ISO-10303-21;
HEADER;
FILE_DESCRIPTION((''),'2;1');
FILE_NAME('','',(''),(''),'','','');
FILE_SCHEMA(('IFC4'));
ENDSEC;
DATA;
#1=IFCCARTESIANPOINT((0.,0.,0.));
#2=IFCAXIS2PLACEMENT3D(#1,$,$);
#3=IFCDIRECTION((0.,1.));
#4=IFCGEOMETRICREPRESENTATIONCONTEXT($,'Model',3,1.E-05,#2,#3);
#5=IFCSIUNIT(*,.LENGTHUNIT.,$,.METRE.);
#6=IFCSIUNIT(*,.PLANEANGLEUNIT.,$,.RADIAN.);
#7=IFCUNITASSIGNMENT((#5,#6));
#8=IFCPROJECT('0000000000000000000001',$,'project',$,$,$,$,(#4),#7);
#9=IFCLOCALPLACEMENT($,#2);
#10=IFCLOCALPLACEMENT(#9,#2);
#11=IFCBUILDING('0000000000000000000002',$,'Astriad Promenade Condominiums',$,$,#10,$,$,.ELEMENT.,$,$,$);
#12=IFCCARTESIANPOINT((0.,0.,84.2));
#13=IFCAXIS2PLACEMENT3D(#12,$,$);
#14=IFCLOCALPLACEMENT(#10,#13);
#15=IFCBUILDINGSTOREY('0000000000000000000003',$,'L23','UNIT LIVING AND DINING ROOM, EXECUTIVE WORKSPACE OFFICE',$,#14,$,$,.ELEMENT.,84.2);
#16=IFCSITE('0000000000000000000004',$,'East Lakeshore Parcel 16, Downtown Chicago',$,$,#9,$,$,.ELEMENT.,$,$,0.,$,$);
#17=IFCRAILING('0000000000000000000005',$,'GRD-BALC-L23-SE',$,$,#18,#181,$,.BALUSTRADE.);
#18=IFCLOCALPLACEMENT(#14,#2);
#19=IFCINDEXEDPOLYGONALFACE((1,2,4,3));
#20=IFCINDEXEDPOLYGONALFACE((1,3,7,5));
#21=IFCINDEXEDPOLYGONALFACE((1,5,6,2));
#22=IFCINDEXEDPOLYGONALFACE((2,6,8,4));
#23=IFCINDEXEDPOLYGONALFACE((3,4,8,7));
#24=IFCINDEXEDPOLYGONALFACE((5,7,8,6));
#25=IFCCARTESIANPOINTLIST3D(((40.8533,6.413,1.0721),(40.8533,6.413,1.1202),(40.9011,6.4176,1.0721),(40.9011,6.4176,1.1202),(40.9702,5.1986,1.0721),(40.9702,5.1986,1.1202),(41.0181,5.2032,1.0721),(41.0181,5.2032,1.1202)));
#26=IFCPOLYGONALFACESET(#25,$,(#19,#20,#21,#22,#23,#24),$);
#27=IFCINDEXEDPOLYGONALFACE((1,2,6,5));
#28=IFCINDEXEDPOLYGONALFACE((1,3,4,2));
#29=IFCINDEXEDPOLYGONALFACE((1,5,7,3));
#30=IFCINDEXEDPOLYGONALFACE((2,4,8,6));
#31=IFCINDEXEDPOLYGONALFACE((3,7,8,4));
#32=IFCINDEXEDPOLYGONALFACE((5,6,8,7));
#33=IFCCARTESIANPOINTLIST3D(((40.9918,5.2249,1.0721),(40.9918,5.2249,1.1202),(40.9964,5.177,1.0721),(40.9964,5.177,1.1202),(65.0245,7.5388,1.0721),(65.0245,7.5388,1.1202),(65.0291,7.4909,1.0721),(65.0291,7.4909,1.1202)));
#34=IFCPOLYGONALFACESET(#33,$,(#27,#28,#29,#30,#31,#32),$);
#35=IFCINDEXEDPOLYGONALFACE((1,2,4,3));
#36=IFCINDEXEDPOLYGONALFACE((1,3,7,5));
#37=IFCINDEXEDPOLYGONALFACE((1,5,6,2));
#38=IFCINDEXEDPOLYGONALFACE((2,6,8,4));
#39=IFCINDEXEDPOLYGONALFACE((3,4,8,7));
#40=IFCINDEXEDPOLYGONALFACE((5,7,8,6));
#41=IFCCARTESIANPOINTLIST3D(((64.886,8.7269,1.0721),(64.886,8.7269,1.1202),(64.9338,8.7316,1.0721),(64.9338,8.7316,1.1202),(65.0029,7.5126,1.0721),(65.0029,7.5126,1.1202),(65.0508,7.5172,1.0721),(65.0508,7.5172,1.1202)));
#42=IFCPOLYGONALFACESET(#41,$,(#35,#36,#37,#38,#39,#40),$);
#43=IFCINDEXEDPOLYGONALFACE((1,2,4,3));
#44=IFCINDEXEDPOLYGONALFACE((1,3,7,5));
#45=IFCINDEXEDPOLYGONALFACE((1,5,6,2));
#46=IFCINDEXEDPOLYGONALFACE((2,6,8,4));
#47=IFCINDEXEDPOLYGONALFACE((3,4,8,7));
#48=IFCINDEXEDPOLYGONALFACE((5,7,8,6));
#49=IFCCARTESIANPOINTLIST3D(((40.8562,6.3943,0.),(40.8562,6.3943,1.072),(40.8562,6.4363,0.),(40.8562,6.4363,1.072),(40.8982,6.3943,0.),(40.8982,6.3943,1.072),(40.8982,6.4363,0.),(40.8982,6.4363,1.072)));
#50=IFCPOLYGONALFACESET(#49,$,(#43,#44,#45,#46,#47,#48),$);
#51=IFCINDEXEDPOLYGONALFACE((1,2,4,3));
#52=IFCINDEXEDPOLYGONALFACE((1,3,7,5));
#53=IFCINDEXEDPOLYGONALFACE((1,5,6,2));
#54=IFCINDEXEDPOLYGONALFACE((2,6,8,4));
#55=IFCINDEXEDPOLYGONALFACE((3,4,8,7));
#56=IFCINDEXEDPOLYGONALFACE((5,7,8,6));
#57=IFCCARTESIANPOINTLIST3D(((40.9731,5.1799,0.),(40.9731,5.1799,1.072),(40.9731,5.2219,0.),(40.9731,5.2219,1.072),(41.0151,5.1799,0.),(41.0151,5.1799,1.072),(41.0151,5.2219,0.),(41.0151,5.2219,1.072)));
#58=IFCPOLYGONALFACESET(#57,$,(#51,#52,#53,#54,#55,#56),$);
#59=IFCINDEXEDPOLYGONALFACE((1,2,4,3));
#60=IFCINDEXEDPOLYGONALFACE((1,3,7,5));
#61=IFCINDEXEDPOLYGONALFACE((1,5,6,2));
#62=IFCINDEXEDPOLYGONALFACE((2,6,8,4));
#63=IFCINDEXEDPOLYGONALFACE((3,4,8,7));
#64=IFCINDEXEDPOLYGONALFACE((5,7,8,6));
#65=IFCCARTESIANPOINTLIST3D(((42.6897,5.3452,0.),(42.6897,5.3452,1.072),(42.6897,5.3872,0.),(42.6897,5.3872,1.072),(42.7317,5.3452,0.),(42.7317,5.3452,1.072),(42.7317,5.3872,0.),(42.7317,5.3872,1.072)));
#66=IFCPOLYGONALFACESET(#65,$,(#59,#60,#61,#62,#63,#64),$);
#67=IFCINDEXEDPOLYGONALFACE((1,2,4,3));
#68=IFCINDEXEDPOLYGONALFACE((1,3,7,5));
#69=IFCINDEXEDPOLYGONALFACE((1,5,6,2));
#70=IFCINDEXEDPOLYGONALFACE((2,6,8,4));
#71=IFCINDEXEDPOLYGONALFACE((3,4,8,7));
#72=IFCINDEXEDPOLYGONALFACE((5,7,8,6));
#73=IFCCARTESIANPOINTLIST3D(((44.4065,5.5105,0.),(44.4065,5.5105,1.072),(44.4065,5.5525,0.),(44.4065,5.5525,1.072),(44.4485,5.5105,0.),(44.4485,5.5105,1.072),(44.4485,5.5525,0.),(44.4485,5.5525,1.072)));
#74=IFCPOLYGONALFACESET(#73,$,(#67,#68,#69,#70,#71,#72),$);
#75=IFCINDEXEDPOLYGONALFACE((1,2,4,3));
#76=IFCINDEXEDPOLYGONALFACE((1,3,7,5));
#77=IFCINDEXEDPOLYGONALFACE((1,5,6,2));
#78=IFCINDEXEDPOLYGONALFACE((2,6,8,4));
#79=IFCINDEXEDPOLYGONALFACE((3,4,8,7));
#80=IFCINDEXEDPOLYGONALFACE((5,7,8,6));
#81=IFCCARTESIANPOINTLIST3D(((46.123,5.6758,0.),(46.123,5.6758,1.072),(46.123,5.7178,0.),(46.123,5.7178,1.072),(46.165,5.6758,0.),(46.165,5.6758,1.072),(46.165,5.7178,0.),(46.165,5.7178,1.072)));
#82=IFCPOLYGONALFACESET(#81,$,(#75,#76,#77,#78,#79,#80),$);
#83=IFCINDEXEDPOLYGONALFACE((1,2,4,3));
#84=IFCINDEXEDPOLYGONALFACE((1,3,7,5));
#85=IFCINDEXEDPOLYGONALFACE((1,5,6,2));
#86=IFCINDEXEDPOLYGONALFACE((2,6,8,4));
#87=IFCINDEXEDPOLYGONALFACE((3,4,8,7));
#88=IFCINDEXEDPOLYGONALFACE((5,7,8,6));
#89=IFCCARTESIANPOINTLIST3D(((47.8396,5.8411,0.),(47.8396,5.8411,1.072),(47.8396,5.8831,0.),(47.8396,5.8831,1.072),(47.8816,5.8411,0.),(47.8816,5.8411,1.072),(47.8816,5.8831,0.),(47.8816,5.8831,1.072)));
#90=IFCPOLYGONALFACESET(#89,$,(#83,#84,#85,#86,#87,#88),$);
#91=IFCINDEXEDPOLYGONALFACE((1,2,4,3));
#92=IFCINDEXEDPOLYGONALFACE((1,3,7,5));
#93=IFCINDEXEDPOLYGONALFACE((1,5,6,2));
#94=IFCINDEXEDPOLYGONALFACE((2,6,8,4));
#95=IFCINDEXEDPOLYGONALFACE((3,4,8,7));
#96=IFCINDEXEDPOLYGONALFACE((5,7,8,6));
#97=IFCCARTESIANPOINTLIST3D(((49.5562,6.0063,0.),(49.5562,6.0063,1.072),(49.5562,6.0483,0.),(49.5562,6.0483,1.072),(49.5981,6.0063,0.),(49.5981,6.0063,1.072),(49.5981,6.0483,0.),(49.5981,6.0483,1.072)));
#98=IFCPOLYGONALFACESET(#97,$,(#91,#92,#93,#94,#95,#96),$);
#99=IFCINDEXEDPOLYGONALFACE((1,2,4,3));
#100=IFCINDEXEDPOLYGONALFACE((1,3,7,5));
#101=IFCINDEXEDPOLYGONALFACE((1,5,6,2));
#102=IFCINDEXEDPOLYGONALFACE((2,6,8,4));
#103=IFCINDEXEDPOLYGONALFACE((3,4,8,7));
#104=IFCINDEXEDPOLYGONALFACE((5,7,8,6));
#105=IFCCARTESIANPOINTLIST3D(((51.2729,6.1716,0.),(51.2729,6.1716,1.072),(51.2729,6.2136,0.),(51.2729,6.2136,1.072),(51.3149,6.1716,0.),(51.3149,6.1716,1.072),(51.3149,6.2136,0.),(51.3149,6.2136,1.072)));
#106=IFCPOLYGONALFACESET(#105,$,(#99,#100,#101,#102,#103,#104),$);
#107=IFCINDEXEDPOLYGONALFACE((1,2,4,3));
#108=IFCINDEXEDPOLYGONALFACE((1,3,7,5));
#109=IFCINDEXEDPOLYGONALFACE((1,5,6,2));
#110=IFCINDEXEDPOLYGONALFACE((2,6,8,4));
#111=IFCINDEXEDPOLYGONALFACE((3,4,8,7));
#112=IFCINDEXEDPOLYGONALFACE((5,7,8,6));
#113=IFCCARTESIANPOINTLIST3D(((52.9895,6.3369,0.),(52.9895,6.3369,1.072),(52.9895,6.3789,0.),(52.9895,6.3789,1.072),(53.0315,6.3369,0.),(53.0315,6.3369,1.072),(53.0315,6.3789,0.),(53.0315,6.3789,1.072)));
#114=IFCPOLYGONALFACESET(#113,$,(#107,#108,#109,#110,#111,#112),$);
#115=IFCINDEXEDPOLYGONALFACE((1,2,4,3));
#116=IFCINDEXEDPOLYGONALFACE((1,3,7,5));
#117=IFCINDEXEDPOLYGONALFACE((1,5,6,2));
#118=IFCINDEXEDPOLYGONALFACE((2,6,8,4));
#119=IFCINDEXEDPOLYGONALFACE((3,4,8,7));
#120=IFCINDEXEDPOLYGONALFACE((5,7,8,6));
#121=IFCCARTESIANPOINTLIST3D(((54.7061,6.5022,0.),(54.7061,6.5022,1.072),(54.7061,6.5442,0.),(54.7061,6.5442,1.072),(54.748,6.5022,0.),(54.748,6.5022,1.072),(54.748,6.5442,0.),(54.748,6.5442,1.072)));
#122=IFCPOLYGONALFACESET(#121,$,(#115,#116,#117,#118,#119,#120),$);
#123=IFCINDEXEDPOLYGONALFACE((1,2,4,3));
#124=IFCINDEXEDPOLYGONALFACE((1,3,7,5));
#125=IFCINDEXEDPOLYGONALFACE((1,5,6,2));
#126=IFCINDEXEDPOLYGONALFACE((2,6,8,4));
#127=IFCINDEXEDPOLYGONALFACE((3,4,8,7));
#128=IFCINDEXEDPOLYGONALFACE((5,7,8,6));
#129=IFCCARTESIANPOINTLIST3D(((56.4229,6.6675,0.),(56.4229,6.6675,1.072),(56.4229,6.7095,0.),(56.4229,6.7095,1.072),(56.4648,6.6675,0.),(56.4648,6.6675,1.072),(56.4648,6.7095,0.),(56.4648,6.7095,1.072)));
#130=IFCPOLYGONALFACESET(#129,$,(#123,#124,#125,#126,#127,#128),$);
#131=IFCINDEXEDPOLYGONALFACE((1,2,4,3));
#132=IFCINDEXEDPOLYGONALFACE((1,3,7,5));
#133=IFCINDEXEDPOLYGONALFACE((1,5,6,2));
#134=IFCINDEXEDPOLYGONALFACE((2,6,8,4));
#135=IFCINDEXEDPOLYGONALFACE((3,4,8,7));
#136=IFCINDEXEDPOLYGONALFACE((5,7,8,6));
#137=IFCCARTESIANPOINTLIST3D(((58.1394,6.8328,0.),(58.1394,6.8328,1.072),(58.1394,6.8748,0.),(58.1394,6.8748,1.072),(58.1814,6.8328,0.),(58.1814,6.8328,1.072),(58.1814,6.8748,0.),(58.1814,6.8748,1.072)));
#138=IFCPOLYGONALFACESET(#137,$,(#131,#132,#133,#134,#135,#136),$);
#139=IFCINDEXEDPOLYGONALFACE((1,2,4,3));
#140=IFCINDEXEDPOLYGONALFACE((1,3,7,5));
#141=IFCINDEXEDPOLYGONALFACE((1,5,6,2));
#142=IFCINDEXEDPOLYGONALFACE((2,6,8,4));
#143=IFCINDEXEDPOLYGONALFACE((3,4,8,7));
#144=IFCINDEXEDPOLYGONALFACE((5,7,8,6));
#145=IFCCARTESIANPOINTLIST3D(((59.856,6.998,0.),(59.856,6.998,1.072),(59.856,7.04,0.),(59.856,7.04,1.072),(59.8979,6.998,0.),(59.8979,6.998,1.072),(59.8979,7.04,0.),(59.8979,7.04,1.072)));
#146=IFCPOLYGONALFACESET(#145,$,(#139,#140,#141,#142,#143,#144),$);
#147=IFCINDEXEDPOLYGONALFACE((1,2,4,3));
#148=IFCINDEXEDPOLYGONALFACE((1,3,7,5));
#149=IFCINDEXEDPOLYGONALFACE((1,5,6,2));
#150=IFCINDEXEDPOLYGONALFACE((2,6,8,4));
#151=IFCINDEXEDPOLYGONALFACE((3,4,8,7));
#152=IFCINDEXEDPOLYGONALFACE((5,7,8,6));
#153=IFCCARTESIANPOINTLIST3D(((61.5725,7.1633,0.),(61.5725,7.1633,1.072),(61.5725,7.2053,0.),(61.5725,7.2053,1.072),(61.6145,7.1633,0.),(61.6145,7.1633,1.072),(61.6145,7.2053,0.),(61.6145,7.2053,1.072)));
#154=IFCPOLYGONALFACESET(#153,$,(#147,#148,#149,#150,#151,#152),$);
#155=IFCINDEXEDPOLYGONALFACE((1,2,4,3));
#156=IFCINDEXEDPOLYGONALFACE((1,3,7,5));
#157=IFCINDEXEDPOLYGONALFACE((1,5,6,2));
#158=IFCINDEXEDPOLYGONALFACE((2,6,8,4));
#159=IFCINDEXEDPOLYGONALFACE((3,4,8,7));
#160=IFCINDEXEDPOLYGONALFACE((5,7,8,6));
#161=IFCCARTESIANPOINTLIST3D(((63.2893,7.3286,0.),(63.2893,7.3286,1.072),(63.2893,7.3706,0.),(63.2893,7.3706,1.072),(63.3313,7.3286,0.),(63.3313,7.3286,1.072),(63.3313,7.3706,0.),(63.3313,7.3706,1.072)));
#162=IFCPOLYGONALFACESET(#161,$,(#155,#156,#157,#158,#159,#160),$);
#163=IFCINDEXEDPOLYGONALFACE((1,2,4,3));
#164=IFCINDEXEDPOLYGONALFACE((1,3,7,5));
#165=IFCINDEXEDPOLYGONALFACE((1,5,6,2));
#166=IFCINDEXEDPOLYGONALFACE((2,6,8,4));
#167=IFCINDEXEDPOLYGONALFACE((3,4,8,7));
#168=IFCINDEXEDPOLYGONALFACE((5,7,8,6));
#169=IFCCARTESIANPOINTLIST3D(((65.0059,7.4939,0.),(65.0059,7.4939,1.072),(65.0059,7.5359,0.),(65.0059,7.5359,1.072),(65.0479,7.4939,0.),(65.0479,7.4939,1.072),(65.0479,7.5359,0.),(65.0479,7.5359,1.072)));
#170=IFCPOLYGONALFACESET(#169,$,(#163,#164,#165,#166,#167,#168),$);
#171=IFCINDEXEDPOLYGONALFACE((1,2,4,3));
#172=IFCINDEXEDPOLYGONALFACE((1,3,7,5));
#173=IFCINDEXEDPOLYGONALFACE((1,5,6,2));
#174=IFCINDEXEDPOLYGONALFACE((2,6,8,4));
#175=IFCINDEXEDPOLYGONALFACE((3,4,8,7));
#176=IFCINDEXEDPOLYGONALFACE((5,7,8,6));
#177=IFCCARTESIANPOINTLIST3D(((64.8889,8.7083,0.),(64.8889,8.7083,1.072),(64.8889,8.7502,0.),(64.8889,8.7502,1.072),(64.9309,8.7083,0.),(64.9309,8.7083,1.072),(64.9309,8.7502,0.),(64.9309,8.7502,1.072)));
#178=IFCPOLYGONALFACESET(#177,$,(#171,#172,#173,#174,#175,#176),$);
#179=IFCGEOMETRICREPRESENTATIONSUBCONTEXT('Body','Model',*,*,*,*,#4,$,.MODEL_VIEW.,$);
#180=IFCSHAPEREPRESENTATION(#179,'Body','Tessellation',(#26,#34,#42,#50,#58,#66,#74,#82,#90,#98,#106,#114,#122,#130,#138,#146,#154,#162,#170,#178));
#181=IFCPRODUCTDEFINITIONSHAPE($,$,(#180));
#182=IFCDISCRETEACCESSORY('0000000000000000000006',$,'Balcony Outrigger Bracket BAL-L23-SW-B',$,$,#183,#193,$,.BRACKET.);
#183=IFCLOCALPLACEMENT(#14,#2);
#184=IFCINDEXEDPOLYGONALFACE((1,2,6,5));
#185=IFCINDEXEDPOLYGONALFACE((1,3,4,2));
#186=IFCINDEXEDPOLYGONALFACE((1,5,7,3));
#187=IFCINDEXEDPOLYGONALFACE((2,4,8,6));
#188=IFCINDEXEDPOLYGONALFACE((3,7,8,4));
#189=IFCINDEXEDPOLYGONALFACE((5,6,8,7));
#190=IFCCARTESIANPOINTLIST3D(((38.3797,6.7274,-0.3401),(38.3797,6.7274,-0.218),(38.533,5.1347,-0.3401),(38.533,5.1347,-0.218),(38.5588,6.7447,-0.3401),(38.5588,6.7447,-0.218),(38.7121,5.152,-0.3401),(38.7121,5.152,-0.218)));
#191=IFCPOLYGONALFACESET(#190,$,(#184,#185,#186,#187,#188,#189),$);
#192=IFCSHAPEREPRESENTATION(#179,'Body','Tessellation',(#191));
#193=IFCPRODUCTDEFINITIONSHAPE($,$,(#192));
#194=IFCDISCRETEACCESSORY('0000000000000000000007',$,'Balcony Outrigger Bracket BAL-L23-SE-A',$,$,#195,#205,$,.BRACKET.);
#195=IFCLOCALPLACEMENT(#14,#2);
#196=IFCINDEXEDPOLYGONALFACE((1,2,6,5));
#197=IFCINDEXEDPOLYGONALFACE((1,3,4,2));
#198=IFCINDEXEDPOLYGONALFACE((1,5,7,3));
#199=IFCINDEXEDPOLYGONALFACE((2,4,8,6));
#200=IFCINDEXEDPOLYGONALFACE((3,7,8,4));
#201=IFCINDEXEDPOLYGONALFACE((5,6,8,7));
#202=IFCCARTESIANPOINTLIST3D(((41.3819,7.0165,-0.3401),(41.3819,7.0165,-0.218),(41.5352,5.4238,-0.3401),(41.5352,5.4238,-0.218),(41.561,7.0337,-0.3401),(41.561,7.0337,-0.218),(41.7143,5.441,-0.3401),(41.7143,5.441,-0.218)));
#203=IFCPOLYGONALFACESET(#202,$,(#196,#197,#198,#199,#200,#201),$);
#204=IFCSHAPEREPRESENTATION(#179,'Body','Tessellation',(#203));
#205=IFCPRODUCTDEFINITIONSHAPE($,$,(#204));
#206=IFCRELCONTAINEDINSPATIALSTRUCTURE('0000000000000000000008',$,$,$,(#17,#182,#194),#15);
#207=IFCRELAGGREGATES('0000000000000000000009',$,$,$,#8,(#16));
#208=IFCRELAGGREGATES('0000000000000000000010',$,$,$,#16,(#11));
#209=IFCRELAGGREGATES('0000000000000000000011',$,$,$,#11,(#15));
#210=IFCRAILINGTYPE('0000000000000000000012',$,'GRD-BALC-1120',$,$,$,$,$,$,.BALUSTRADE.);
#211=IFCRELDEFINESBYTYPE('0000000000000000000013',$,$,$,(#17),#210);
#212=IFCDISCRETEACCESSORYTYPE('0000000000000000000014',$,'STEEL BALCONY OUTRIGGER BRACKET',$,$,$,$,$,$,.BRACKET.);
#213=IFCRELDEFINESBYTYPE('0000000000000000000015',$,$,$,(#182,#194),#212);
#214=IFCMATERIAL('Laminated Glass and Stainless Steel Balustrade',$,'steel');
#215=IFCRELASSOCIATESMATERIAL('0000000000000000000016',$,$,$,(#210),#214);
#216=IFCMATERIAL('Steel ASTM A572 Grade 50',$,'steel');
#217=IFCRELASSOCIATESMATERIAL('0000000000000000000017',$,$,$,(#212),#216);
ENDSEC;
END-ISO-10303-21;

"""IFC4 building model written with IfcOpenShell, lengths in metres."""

from ifc_helpers import new_model, si_unit, direction, frame, origin, origin_2d, place, context, subcontext, project, spatial, rectangle, extrude, source, transform, mapped, material, type_object, type_shapes, element, save


model = new_model("IFC4")

# Units and contexts
model_context = context("Model", 3, precision=1e-05, world=origin(), true_north=direction((0.0, 1.0)))
body_context = subcontext(model_context, "Body", "Model", "MODEL_VIEW")
ifc_project = project(units=[si_unit("LENGTHUNIT", "METRE"), si_unit("PLANEANGLEUNIT", "RADIAN")], contexts=[model_context])

# Site, building, storey
site_placement = place(None, origin())
site = spatial("IfcSite", under=ifc_project, at=site_placement, Name="East Lakeshore Parcel 16, Downtown Chicago", CompositionType="ELEMENT", RefElevation=0.0)
building_placement = place(site_placement, origin())
building = spatial("IfcBuilding", under=site, at=building_placement, Name="Astriad Promenade Condominiums", CompositionType="ELEMENT")
storey_placement = place(building_placement, frame((0.0, 0.0, 84.2)))
storey = spatial("IfcBuildingStorey", under=building, at=storey_placement, Name="L23", Description="UNIT LIVING AND DINING ROOM, EXECUTIVE WORKSPACE OFFICE", CompositionType="ELEMENT", Elevation=84.2)

# Railing
ifc_material_1 = material(Name="Laminated Glass and Stainless Steel Balustrade", Category="steel")
railing_type = type_object("IfcRailingType", Name="GRD-BALC-1120", PredefinedType="BALUSTRADE", material=ifc_material_1)
shared_shape_1 = source(origin(), body_context, "Body", "SweptSolid", [
    extrude(rectangle(XDim=0.0481, YDim=0.0481, at=origin_2d()), frame((0.0, 0.0, 1.0962), z_axis=(0.095857, -0.995395, 0.0), x_axis=(0.995395, 0.095857, 0.0)), (0.0, 0.0, 1.0), 1.22),
    extrude(rectangle(XDim=0.0481, YDim=0.0481, at=origin_2d()), frame((0.1169, -1.2144, 1.0962), z_axis=(0.995397, 0.095841, 0.0), x_axis=(-0.095841, 0.995397, 0.0)), (0.0, 0.0, 1.0), 24.1438),
    extrude(rectangle(XDim=0.0481, YDim=0.0481, at=origin_2d()), frame((24.1497, 1.0996, 1.0962), z_axis=(-0.095857, 0.995395, 0.0), x_axis=(-0.995395, -0.095857, 0.0)), (0.0, 0.0, 1.0), 1.22),
    extrude(rectangle(XDim=0.042, YDim=0.042, at=origin_2d()), origin(), (0.0, 0.0, 1.0), 1.072),
    extrude(rectangle(XDim=0.042, YDim=0.042, at=origin_2d()), frame((0.1169, -1.2144, 0.0)), (0.0, 0.0, 1.0), 1.072),
    extrude(rectangle(XDim=0.042, YDim=0.042, at=origin_2d()), frame((1.8335, -1.0491, 0.0)), (0.0, 0.0, 1.0), 1.072),
    extrude(rectangle(XDim=0.042, YDim=0.042, at=origin_2d()), frame((3.5503, -0.8838, 0.0)), (0.0, 0.0, 1.0), 1.072),
    extrude(rectangle(XDim=0.042, YDim=0.042, at=origin_2d()), frame((5.2668, -0.7185, 0.0)), (0.0, 0.0, 1.0), 1.072),
    extrude(rectangle(XDim=0.042, YDim=0.042, at=origin_2d()), frame((6.9834, -0.5532, 0.0)), (0.0, 0.0, 1.0), 1.072),
    extrude(rectangle(XDim=0.042, YDim=0.042, at=origin_2d()), frame((8.7, -0.3879, 0.0)), (0.0, 0.0, 1.0), 1.072),
    extrude(rectangle(XDim=0.042, YDim=0.042, at=origin_2d()), frame((10.4167, -0.2227, 0.0)), (0.0, 0.0, 1.0), 1.072),
    extrude(rectangle(XDim=0.042, YDim=0.042, at=origin_2d()), frame((12.1333, -0.0574, 0.0)), (0.0, 0.0, 1.0), 1.072),
    extrude(rectangle(XDim=0.042, YDim=0.042, at=origin_2d()), frame((13.8499, 0.1079, 0.0)), (0.0, 0.0, 1.0), 1.072),
    extrude(rectangle(XDim=0.042, YDim=0.042, at=origin_2d()), frame((15.5667, 0.2732, 0.0)), (0.0, 0.0, 1.0), 1.072),
    extrude(rectangle(XDim=0.042, YDim=0.042, at=origin_2d()), frame((17.2832, 0.4385, 0.0)), (0.0, 0.0, 1.0), 1.072),
    extrude(rectangle(XDim=0.042, YDim=0.042, at=origin_2d()), frame((18.9998, 0.6038, 0.0)), (0.0, 0.0, 1.0), 1.072),
    extrude(rectangle(XDim=0.042, YDim=0.042, at=origin_2d()), frame((20.7163, 0.769, 0.0)), (0.0, 0.0, 1.0), 1.072),
    extrude(rectangle(XDim=0.042, YDim=0.042, at=origin_2d()), frame((22.4331, 0.9343, 0.0)), (0.0, 0.0, 1.0), 1.072),
    extrude(rectangle(XDim=0.042, YDim=0.042, at=origin_2d()), frame((24.1497, 1.0996, 0.0)), (0.0, 0.0, 1.0), 1.072),
    extrude(rectangle(XDim=0.042, YDim=0.042, at=origin_2d()), frame((24.0327, 2.314, 0.0)), (0.0, 0.0, 1.0), 1.072),
])
type_shapes(railing_type, [shared_shape_1])
railing_placement = place(storey_placement, frame((40.8772, 6.4153, 0.0)))
element("IfcRailing", 1, at=railing_placement, inside=storey, type_object=railing_type, Name="GRD-BALC-L23-SE", PredefinedType="BALUSTRADE", context=body_context, shape_type="MappedRepresentation", body=[
    mapped(shared_shape_1, transform((0.0, 0.0, 0.0), scale=1.0)),
])

# Discrete accessories
ifc_material_2 = material(Name="Steel ASTM A572 Grade 50", Category="steel")
discrete_accessory_type = type_object("IfcDiscreteAccessoryType", Name="STEEL BALCONY OUTRIGGER BRACKET", PredefinedType="BRACKET", material=ifc_material_2)
shared_shape_2 = source(origin(), body_context, "Body", "SweptSolid", [
    extrude(rectangle(XDim=1.6001, YDim=0.1799, at=origin_2d()), origin(), (0.0, 0.0, 1.0), 0.1221),
])
type_shapes(discrete_accessory_type, [shared_shape_2])
for number, where, z_axis, x_axis, name in (
    (2, (38.5459, 5.9397, -0.3401), (0.0, 0.0, 1.0), (0.095846, -0.995396, 0.0), "Balcony Outrigger Bracket BAL-L23-SW-B"),
    (3, (41.5481, 6.2288, -0.3401), (0.0, 0.0, 1.0), (0.095846, -0.995396, 0.0), "Balcony Outrigger Bracket BAL-L23-SE-A"),
):
    element("IfcDiscreteAccessory", number, at=place(storey_placement, frame(where, z_axis=z_axis, x_axis=x_axis)), inside=storey, type_object=discrete_accessory_type, Name=name, PredefinedType="BRACKET", context=body_context, shape_type="MappedRepresentation", body=[
        mapped(shared_shape_2, transform((0.0, 0.0, 0.0), scale=1.0)),
    ])

save(model, "model.ifc")
